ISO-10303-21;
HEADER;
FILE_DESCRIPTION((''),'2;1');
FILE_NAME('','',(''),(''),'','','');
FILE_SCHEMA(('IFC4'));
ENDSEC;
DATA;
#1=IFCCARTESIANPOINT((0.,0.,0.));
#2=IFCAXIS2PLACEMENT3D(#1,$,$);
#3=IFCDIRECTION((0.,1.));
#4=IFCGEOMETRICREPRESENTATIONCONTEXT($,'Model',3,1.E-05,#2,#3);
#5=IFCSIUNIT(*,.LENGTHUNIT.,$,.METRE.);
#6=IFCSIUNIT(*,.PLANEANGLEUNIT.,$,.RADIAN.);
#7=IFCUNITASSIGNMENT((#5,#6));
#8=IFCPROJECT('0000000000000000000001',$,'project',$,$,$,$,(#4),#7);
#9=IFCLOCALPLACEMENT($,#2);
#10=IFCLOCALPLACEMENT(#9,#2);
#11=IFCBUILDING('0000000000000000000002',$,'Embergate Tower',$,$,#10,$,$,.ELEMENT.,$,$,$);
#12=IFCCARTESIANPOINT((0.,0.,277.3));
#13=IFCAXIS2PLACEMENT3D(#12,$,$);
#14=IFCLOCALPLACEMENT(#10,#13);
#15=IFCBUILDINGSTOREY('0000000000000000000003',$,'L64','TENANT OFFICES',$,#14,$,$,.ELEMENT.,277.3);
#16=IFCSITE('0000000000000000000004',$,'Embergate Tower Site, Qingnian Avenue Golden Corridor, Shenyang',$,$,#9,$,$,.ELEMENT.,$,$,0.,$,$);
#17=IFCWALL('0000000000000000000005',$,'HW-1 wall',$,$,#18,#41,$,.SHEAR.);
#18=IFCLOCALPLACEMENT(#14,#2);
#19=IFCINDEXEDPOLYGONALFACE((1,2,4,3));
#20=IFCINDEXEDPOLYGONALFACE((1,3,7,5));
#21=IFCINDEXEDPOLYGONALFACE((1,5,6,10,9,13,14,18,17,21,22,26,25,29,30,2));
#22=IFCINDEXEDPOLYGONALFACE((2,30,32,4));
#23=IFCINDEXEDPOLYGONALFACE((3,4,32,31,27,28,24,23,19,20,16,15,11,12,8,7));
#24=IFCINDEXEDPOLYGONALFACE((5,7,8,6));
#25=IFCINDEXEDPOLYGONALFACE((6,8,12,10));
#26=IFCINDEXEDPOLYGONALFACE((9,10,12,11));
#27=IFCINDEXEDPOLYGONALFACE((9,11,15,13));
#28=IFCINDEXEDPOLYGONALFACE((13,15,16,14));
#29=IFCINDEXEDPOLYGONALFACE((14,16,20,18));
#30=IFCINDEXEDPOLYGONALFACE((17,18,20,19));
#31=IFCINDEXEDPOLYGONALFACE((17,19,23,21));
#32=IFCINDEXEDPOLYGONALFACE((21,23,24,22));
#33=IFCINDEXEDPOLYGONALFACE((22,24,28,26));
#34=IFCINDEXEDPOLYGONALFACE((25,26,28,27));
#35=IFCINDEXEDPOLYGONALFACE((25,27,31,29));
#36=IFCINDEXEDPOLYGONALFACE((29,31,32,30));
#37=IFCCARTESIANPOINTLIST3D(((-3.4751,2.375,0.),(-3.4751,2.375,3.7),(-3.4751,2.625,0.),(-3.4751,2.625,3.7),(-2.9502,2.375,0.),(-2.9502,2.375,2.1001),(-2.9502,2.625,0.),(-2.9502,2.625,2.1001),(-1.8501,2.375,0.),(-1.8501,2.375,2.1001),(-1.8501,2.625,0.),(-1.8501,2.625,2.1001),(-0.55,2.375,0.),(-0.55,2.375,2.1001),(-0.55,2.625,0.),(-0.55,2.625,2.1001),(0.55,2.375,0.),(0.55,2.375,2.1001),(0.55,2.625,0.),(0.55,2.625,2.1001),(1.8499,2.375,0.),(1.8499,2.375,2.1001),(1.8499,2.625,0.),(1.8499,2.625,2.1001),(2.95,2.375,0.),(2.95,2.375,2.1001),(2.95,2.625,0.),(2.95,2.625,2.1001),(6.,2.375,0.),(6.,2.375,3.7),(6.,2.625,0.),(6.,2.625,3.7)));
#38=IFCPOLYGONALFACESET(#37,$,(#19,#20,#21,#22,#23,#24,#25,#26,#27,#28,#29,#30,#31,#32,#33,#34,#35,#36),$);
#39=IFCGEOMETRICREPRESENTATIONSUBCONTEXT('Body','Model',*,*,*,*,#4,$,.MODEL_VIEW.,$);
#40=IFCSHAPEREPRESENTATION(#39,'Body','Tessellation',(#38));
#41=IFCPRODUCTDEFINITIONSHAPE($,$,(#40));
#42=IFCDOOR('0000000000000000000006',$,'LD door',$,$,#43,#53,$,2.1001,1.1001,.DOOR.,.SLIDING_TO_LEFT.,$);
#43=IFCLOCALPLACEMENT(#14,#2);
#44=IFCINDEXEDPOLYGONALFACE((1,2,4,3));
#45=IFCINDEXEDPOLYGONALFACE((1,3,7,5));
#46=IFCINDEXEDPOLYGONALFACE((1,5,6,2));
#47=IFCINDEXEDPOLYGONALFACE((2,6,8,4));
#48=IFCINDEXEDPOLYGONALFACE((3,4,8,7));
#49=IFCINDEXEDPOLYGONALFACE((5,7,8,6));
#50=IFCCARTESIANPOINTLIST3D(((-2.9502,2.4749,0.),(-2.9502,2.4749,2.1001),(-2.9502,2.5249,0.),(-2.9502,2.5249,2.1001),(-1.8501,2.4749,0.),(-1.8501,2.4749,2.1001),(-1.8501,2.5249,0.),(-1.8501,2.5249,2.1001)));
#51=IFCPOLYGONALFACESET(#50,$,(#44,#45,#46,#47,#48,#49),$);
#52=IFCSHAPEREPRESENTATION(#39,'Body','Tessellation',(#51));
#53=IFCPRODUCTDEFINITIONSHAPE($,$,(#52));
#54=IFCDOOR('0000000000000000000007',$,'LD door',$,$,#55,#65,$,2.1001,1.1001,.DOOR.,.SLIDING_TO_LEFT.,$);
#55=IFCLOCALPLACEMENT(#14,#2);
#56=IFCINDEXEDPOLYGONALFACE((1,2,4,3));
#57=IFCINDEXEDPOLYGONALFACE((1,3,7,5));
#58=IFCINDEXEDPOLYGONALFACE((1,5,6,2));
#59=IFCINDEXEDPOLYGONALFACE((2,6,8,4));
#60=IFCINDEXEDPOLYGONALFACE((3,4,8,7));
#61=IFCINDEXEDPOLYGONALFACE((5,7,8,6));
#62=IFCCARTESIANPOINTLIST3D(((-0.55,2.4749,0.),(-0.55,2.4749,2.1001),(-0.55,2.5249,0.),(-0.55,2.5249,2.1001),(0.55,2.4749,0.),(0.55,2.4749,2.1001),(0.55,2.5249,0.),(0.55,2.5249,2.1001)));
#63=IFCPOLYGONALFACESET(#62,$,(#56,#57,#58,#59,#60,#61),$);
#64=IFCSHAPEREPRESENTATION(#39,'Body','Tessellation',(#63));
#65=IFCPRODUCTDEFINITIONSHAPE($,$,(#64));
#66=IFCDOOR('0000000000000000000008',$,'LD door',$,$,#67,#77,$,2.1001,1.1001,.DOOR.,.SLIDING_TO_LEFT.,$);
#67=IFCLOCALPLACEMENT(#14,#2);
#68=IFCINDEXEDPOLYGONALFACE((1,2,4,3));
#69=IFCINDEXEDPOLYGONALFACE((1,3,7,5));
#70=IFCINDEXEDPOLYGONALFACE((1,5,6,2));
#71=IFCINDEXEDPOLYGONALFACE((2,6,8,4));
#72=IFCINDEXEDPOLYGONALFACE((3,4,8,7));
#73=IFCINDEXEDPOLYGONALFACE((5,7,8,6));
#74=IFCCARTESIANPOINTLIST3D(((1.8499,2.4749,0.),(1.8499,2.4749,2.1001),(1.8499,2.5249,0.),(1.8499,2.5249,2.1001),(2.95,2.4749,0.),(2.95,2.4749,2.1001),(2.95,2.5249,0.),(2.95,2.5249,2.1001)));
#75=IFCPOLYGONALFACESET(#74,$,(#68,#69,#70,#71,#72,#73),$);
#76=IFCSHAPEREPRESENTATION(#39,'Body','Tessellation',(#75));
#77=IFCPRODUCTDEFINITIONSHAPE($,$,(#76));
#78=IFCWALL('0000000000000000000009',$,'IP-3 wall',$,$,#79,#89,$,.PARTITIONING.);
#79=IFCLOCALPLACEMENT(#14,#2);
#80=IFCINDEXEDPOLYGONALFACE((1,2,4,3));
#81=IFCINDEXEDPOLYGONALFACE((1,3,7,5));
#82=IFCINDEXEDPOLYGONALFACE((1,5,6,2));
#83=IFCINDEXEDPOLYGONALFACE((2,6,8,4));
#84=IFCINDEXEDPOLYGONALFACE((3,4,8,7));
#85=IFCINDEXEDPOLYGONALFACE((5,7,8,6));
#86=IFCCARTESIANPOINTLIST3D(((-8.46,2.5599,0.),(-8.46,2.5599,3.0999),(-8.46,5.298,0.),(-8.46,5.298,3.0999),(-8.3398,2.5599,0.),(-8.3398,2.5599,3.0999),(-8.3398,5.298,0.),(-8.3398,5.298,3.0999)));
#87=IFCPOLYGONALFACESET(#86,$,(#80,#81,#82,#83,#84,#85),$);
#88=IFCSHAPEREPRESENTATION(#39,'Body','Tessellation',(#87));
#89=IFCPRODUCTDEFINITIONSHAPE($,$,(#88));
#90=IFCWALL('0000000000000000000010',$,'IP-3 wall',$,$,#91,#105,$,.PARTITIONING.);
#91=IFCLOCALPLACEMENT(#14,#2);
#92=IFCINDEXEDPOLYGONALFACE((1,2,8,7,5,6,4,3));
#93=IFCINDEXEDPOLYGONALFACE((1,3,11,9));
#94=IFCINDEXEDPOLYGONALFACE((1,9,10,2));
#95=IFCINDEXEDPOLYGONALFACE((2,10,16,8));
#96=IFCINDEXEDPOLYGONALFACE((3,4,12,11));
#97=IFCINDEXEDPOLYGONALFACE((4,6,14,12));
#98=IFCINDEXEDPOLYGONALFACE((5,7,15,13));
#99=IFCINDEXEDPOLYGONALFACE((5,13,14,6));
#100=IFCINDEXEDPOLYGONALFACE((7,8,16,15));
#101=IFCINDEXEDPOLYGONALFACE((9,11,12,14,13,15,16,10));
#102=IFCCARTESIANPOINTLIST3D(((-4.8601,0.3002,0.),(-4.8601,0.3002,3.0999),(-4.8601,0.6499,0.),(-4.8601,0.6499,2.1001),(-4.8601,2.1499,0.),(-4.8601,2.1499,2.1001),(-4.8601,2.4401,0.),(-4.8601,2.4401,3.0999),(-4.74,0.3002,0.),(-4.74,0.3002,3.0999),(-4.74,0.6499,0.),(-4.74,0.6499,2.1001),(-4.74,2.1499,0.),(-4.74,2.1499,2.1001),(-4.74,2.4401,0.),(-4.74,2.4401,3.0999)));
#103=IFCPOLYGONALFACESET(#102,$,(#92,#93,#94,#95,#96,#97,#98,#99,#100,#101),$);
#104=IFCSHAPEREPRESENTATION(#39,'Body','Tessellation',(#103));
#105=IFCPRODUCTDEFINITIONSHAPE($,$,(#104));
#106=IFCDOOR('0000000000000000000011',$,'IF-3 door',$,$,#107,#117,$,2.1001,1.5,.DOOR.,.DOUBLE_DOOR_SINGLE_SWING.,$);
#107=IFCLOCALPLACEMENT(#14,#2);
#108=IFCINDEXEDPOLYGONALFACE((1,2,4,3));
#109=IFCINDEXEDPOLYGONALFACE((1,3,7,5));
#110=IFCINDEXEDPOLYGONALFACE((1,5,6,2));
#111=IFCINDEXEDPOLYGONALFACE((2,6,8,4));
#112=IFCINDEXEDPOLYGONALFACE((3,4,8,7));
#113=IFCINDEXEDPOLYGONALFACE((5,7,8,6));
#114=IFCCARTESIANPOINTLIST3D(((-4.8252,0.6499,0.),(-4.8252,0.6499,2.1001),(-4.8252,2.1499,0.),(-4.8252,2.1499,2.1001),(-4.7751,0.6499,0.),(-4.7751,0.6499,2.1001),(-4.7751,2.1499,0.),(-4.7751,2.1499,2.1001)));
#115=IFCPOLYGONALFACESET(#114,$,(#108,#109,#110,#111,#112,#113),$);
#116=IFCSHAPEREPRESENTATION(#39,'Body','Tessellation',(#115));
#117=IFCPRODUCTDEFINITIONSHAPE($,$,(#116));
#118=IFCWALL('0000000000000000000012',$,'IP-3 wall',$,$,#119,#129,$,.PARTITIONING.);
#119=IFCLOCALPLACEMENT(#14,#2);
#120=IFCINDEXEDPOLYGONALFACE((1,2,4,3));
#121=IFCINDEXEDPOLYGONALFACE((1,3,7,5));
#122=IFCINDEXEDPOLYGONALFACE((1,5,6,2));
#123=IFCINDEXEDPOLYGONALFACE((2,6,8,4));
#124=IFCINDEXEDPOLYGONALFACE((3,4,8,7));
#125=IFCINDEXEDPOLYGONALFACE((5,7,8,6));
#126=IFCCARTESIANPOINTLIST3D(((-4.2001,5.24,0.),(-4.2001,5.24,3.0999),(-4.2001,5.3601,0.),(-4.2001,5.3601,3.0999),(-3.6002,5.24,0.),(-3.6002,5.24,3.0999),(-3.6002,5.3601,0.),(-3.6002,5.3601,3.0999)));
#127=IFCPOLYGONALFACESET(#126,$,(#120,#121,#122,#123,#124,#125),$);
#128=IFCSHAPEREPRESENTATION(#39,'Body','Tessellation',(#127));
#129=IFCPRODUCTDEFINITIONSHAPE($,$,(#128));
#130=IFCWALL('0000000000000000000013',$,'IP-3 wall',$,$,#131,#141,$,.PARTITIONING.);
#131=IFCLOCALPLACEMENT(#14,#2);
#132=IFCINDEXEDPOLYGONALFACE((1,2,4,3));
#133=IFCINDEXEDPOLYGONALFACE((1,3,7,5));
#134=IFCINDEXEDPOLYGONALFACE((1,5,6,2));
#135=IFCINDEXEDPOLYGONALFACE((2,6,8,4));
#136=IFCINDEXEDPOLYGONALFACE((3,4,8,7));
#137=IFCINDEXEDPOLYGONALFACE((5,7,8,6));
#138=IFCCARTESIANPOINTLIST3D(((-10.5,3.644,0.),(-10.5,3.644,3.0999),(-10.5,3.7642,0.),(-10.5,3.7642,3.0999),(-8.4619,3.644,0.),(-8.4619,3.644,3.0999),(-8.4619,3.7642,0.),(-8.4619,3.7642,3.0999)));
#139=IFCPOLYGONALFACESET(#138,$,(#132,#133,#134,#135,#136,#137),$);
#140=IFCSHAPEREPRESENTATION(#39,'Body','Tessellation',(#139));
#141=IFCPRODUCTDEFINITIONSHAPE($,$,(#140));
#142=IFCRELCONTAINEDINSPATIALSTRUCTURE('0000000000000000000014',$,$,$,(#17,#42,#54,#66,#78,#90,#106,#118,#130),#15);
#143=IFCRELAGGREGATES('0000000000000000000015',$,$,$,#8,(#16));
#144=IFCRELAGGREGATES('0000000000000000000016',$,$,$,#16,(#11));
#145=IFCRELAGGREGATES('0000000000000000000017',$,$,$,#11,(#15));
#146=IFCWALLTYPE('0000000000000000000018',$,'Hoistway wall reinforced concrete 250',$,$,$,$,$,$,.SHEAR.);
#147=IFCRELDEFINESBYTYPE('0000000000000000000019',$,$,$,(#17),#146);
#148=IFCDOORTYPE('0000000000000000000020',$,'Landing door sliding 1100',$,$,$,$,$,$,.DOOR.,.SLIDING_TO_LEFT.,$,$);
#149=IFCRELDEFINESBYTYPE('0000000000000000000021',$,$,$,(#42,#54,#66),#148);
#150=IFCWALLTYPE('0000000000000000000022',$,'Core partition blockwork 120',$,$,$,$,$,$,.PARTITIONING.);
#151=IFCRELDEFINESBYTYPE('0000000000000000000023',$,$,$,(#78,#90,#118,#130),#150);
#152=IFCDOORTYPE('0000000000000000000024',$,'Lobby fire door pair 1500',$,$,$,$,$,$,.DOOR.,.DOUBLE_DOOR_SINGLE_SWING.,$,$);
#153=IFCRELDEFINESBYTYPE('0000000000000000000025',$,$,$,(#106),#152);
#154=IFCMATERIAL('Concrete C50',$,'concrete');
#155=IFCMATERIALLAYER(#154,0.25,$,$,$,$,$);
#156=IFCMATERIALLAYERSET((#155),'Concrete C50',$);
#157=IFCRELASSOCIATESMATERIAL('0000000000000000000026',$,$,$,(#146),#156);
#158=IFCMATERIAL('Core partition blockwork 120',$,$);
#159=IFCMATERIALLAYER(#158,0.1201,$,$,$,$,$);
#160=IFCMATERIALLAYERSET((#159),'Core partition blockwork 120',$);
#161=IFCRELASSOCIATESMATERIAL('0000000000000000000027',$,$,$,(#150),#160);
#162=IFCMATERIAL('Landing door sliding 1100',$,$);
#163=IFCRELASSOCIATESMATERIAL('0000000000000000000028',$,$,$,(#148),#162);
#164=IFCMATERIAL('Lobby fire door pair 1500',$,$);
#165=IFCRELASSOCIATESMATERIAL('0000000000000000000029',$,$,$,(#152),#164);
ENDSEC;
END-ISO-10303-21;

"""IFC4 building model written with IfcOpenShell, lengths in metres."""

from ifc_helpers import new_model, si_unit, direction, frame, frame_2d, origin, place, context, subcontext, project, spatial, rectangle, extrude, source, transform, mapped, material, layer, layer_set, type_object, element, fill, save


model = new_model("IFC4")

# Units and contexts
model_context = context("Model", 3, precision=1e-05, world=origin(), true_north=direction((0.0, 1.0)))
body_context = subcontext(model_context, "Body", "Model", "MODEL_VIEW")
ifc_project = project(units=[si_unit("LENGTHUNIT", "METRE"), si_unit("PLANEANGLEUNIT", "RADIAN")], contexts=[model_context])

# Site, building, storey
site_placement = place(None, origin())
site = spatial("IfcSite", under=ifc_project, at=site_placement, Name="Embergate Tower Site, Qingnian Avenue Golden Corridor, Shenyang", CompositionType="ELEMENT", RefElevation=0.0)
building_placement = place(site_placement, origin())
building = spatial("IfcBuilding", under=site, at=building_placement, Name="Embergate Tower", CompositionType="ELEMENT")
storey_placement = place(building_placement, frame((0.0, 0.0, 277.3)))
storey = spatial("IfcBuildingStorey", under=building, at=storey_placement, Name="L64", Description="TENANT OFFICES", CompositionType="ELEMENT", Elevation=277.3)

# Shared definitions
ifc_material_1 = material(Name="Concrete C50", Category="concrete")
ifc_layer_1 = layer(ifc_material_1, 0.25)
ifc_layer_set_1 = layer_set([ifc_layer_1], Name="Concrete C50")
wall_type_1 = type_object("IfcWallType", Name="Hoistway wall reinforced concrete 250", PredefinedType="SHEAR", material=ifc_layer_set_1)

# Shared definitions
ifc_material_2 = material(Name="Core partition blockwork 120")
ifc_layer_2 = layer(ifc_material_2, 0.1201)
ifc_layer_set_2 = layer_set([ifc_layer_2], Name="Core partition blockwork 120")
wall_type_2 = type_object("IfcWallType", Name="Core partition blockwork 120", PredefinedType="PARTITIONING", material=ifc_layer_set_2)

# Wall, openings, doors
shared_shape_1 = source(origin(), body_context, "Body", "SweptSolid", [
    extrude(rectangle(XDim=9.4751, YDim=0.25, at=frame_2d((4.7375, 0.0))), origin(), (0.0, 0.0, 1.0), 3.7),
])
wall_1_placement = place(storey_placement, frame((-3.4751, 2.5, 0.0), z_axis=(0.0, 0.0, 1.0), x_axis=(1.0, 0.0, 0.0)))
wall_1 = element("IfcWall", 1, at=wall_1_placement, inside=storey, type_object=wall_type_1, Name="HW-1 wall", PredefinedType="SHEAR", context=body_context, shape_type="MappedRepresentation", body=[
    mapped(shared_shape_1, transform((0.0, 0.0, 0.0))),
])
shared_shape_2 = source(origin(), body_context, "Body", "SweptSolid", [
    extrude(rectangle(XDim=1.1001, YDim=2.1001, at=frame_2d((0.55, 1.05))), frame((0.0, 0.135, 0.0), z_axis=(0.0, -1.0, 0.0), x_axis=(1.0, 0.0, 0.0)), (0.0, 0.0, 1.0), 0.27),
])
opening_1_placement = place(wall_1_placement, frame((0.5249, 0.0, 0.0)))
opening_1 = element("IfcOpeningElement", 2, at=opening_1_placement, cuts=wall_1, PredefinedType="OPENING", context=body_context, shape_type="MappedRepresentation", body=[
    mapped(shared_shape_2, transform((0.0, 0.0, 0.0))),
])
opening_2_placement = place(wall_1_placement, frame((2.925, 0.0, 0.0)))
opening_2 = element("IfcOpeningElement", 3, at=opening_2_placement, cuts=wall_1, PredefinedType="OPENING", context=body_context, shape_type="MappedRepresentation", body=[
    mapped(shared_shape_2, transform((0.0, 0.0, 0.0))),
])
opening_3_placement = place(wall_1_placement, frame((5.325, 0.0, 0.0)))
opening_3 = element("IfcOpeningElement", 4, at=opening_3_placement, cuts=wall_1, PredefinedType="OPENING", context=body_context, shape_type="MappedRepresentation", body=[
    mapped(shared_shape_2, transform((0.0, 0.0, 0.0))),
])
ifc_material_3 = material(Name="Landing door sliding 1100")
door_type_1 = type_object("IfcDoorType", Name="Landing door sliding 1100", OperationType="SLIDING_TO_LEFT", PredefinedType="DOOR", material=ifc_material_3)
shared_shape_3 = source(origin(), body_context, "Body", "SweptSolid", [
    extrude(rectangle(XDim=1.1001, YDim=2.1001, at=frame_2d((0.55, 1.05))), frame((0.0, 0.0249, 0.0), z_axis=(0.0, -1.0, 0.0), x_axis=(1.0, 0.0, 0.0)), (0.0, 0.0, 1.0), 0.05),
])
door_1_placement = place(opening_1_placement, origin())
door_1 = element("IfcDoor", 5, at=door_1_placement, inside=storey, type_object=door_type_1, Name="LD door", OperationType="SLIDING_TO_LEFT", OverallHeight=2.1001, OverallWidth=1.1001, PredefinedType="DOOR", context=body_context, shape_type="MappedRepresentation", body=[
    mapped(shared_shape_3, transform((0.0, 0.0, 0.0))),
])
fill(opening_1, door_1)
door_2_placement = place(opening_2_placement, origin())
door_2 = element("IfcDoor", 6, at=door_2_placement, inside=storey, type_object=door_type_1, Name="LD door", OperationType="SLIDING_TO_LEFT", OverallHeight=2.1001, OverallWidth=1.1001, PredefinedType="DOOR", context=body_context, shape_type="MappedRepresentation", body=[
    mapped(shared_shape_3, transform((0.0, 0.0, 0.0))),
])
fill(opening_2, door_2)
door_3_placement = place(opening_3_placement, origin())
door_3 = element("IfcDoor", 7, at=door_3_placement, inside=storey, type_object=door_type_1, Name="LD door", OperationType="SLIDING_TO_LEFT", OverallHeight=2.1001, OverallWidth=1.1001, PredefinedType="DOOR", context=body_context, shape_type="MappedRepresentation", body=[
    mapped(shared_shape_3, transform((0.0, 0.0, 0.0))),
])
fill(opening_3, door_3)

# Wall
shared_shape_4 = source(origin(), body_context, "Body", "SweptSolid", [
    extrude(rectangle(XDim=2.738, YDim=0.1201, at=frame_2d((1.3691, 0.0))), origin(), (0.0, 0.0, 1.0), 3.0999),
])
wall_2_placement = place(storey_placement, frame((-8.3999, 5.2981, 0.0), z_axis=(0.0, 0.0, 1.0), x_axis=(0.0, -1.0, 0.0)))
element("IfcWall", 8, at=wall_2_placement, inside=storey, type_object=wall_type_2, Name="IP-3 wall", PredefinedType="PARTITIONING", context=body_context, shape_type="MappedRepresentation", body=[
    mapped(shared_shape_4, transform((0.0, 0.0, 0.0))),
])

# Wall, opening, door
shared_shape_5 = source(origin(), body_context, "Body", "SweptSolid", [
    extrude(rectangle(XDim=2.1399, YDim=0.1201, at=frame_2d((1.0698, 0.0))), origin(), (0.0, 0.0, 1.0), 3.0999),
])
wall_3_placement = place(storey_placement, frame((-4.8, 2.4399, 0.0), z_axis=(0.0, 0.0, 1.0), x_axis=(0.0, -1.0, 0.0)))
wall_3 = element("IfcWall", 9, at=wall_3_placement, inside=storey, type_object=wall_type_2, Name="IP-3 wall", PredefinedType="PARTITIONING", context=body_context, shape_type="MappedRepresentation", body=[
    mapped(shared_shape_5, transform((0.0, 0.0, 0.0))),
])
shared_shape_6 = source(origin(), body_context, "Body", "SweptSolid", [
    extrude(rectangle(XDim=1.5, YDim=2.1001, at=frame_2d((0.75, 1.05))), frame((0.0, 0.0701, 0.0), z_axis=(0.0, -1.0, 0.0), x_axis=(1.0, 0.0, 0.0)), (0.0, 0.0, 1.0), 0.1401),
])
opening_4_placement = place(wall_3_placement, frame((0.29, 0.0, 0.0)))
opening_4 = element("IfcOpeningElement", 10, at=opening_4_placement, cuts=wall_3, PredefinedType="OPENING", context=body_context, shape_type="MappedRepresentation", body=[
    mapped(shared_shape_6, transform((0.0, 0.0, 0.0))),
])
ifc_material_4 = material(Name="Lobby fire door pair 1500")
door_type_2 = type_object("IfcDoorType", Name="Lobby fire door pair 1500", OperationType="DOUBLE_DOOR_SINGLE_SWING", PredefinedType="DOOR", material=ifc_material_4)
shared_shape_7 = source(origin(), body_context, "Body", "SweptSolid", [
    extrude(rectangle(XDim=1.5, YDim=2.1001, at=frame_2d((0.75, 1.05))), frame((0.0, 0.0249, 0.0), z_axis=(0.0, -1.0, 0.0), x_axis=(1.0, 0.0, 0.0)), (0.0, 0.0, 1.0), 0.05),
])
door_4_placement = place(opening_4_placement, origin())
door_4 = element("IfcDoor", 11, at=door_4_placement, inside=storey, type_object=door_type_2, Name="IF-3 door", OperationType="DOUBLE_DOOR_SINGLE_SWING", OverallHeight=2.1001, OverallWidth=1.5, PredefinedType="DOOR", context=body_context, shape_type="MappedRepresentation", body=[
    mapped(shared_shape_7, transform((0.0, 0.0, 0.0))),
])
fill(opening_4, door_4)

# Walls
shared_shape_8 = source(origin(), body_context, "Body", "SweptSolid", [
    extrude(rectangle(XDim=0.5999, YDim=0.1201, at=frame_2d((0.2998, 0.0))), origin(), (0.0, 0.0, 1.0), 3.0999),
])
wall_4_placement = place(storey_placement, frame((-4.2, 5.3, 0.0), z_axis=(0.0, 0.0, 1.0), x_axis=(1.0, 0.0, 0.0)))
element("IfcWall", 12, at=wall_4_placement, inside=storey, type_object=wall_type_2, Name="IP-3 wall", PredefinedType="PARTITIONING", context=body_context, shape_type="MappedRepresentation", body=[
    mapped(shared_shape_8, transform((0.0, 0.0, 0.0))),
])
shared_shape_9 = source(origin(), body_context, "Body", "SweptSolid", [
    extrude(rectangle(XDim=2.0381, YDim=0.1201, at=frame_2d((1.019, 0.0))), origin(), (0.0, 0.0, 1.0), 3.0999),
])
wall_5_placement = place(storey_placement, frame((-8.4619, 3.7041, 0.0), z_axis=(0.0, 0.0, 1.0), x_axis=(-1.0, 0.0, 0.0)))
element("IfcWall", 13, at=wall_5_placement, inside=storey, type_object=wall_type_2, Name="IP-3 wall", PredefinedType="PARTITIONING", context=body_context, shape_type="MappedRepresentation", body=[
    mapped(shared_shape_9, transform((0.0, 0.0, 0.0))),
])

save(model, "model.ifc")
